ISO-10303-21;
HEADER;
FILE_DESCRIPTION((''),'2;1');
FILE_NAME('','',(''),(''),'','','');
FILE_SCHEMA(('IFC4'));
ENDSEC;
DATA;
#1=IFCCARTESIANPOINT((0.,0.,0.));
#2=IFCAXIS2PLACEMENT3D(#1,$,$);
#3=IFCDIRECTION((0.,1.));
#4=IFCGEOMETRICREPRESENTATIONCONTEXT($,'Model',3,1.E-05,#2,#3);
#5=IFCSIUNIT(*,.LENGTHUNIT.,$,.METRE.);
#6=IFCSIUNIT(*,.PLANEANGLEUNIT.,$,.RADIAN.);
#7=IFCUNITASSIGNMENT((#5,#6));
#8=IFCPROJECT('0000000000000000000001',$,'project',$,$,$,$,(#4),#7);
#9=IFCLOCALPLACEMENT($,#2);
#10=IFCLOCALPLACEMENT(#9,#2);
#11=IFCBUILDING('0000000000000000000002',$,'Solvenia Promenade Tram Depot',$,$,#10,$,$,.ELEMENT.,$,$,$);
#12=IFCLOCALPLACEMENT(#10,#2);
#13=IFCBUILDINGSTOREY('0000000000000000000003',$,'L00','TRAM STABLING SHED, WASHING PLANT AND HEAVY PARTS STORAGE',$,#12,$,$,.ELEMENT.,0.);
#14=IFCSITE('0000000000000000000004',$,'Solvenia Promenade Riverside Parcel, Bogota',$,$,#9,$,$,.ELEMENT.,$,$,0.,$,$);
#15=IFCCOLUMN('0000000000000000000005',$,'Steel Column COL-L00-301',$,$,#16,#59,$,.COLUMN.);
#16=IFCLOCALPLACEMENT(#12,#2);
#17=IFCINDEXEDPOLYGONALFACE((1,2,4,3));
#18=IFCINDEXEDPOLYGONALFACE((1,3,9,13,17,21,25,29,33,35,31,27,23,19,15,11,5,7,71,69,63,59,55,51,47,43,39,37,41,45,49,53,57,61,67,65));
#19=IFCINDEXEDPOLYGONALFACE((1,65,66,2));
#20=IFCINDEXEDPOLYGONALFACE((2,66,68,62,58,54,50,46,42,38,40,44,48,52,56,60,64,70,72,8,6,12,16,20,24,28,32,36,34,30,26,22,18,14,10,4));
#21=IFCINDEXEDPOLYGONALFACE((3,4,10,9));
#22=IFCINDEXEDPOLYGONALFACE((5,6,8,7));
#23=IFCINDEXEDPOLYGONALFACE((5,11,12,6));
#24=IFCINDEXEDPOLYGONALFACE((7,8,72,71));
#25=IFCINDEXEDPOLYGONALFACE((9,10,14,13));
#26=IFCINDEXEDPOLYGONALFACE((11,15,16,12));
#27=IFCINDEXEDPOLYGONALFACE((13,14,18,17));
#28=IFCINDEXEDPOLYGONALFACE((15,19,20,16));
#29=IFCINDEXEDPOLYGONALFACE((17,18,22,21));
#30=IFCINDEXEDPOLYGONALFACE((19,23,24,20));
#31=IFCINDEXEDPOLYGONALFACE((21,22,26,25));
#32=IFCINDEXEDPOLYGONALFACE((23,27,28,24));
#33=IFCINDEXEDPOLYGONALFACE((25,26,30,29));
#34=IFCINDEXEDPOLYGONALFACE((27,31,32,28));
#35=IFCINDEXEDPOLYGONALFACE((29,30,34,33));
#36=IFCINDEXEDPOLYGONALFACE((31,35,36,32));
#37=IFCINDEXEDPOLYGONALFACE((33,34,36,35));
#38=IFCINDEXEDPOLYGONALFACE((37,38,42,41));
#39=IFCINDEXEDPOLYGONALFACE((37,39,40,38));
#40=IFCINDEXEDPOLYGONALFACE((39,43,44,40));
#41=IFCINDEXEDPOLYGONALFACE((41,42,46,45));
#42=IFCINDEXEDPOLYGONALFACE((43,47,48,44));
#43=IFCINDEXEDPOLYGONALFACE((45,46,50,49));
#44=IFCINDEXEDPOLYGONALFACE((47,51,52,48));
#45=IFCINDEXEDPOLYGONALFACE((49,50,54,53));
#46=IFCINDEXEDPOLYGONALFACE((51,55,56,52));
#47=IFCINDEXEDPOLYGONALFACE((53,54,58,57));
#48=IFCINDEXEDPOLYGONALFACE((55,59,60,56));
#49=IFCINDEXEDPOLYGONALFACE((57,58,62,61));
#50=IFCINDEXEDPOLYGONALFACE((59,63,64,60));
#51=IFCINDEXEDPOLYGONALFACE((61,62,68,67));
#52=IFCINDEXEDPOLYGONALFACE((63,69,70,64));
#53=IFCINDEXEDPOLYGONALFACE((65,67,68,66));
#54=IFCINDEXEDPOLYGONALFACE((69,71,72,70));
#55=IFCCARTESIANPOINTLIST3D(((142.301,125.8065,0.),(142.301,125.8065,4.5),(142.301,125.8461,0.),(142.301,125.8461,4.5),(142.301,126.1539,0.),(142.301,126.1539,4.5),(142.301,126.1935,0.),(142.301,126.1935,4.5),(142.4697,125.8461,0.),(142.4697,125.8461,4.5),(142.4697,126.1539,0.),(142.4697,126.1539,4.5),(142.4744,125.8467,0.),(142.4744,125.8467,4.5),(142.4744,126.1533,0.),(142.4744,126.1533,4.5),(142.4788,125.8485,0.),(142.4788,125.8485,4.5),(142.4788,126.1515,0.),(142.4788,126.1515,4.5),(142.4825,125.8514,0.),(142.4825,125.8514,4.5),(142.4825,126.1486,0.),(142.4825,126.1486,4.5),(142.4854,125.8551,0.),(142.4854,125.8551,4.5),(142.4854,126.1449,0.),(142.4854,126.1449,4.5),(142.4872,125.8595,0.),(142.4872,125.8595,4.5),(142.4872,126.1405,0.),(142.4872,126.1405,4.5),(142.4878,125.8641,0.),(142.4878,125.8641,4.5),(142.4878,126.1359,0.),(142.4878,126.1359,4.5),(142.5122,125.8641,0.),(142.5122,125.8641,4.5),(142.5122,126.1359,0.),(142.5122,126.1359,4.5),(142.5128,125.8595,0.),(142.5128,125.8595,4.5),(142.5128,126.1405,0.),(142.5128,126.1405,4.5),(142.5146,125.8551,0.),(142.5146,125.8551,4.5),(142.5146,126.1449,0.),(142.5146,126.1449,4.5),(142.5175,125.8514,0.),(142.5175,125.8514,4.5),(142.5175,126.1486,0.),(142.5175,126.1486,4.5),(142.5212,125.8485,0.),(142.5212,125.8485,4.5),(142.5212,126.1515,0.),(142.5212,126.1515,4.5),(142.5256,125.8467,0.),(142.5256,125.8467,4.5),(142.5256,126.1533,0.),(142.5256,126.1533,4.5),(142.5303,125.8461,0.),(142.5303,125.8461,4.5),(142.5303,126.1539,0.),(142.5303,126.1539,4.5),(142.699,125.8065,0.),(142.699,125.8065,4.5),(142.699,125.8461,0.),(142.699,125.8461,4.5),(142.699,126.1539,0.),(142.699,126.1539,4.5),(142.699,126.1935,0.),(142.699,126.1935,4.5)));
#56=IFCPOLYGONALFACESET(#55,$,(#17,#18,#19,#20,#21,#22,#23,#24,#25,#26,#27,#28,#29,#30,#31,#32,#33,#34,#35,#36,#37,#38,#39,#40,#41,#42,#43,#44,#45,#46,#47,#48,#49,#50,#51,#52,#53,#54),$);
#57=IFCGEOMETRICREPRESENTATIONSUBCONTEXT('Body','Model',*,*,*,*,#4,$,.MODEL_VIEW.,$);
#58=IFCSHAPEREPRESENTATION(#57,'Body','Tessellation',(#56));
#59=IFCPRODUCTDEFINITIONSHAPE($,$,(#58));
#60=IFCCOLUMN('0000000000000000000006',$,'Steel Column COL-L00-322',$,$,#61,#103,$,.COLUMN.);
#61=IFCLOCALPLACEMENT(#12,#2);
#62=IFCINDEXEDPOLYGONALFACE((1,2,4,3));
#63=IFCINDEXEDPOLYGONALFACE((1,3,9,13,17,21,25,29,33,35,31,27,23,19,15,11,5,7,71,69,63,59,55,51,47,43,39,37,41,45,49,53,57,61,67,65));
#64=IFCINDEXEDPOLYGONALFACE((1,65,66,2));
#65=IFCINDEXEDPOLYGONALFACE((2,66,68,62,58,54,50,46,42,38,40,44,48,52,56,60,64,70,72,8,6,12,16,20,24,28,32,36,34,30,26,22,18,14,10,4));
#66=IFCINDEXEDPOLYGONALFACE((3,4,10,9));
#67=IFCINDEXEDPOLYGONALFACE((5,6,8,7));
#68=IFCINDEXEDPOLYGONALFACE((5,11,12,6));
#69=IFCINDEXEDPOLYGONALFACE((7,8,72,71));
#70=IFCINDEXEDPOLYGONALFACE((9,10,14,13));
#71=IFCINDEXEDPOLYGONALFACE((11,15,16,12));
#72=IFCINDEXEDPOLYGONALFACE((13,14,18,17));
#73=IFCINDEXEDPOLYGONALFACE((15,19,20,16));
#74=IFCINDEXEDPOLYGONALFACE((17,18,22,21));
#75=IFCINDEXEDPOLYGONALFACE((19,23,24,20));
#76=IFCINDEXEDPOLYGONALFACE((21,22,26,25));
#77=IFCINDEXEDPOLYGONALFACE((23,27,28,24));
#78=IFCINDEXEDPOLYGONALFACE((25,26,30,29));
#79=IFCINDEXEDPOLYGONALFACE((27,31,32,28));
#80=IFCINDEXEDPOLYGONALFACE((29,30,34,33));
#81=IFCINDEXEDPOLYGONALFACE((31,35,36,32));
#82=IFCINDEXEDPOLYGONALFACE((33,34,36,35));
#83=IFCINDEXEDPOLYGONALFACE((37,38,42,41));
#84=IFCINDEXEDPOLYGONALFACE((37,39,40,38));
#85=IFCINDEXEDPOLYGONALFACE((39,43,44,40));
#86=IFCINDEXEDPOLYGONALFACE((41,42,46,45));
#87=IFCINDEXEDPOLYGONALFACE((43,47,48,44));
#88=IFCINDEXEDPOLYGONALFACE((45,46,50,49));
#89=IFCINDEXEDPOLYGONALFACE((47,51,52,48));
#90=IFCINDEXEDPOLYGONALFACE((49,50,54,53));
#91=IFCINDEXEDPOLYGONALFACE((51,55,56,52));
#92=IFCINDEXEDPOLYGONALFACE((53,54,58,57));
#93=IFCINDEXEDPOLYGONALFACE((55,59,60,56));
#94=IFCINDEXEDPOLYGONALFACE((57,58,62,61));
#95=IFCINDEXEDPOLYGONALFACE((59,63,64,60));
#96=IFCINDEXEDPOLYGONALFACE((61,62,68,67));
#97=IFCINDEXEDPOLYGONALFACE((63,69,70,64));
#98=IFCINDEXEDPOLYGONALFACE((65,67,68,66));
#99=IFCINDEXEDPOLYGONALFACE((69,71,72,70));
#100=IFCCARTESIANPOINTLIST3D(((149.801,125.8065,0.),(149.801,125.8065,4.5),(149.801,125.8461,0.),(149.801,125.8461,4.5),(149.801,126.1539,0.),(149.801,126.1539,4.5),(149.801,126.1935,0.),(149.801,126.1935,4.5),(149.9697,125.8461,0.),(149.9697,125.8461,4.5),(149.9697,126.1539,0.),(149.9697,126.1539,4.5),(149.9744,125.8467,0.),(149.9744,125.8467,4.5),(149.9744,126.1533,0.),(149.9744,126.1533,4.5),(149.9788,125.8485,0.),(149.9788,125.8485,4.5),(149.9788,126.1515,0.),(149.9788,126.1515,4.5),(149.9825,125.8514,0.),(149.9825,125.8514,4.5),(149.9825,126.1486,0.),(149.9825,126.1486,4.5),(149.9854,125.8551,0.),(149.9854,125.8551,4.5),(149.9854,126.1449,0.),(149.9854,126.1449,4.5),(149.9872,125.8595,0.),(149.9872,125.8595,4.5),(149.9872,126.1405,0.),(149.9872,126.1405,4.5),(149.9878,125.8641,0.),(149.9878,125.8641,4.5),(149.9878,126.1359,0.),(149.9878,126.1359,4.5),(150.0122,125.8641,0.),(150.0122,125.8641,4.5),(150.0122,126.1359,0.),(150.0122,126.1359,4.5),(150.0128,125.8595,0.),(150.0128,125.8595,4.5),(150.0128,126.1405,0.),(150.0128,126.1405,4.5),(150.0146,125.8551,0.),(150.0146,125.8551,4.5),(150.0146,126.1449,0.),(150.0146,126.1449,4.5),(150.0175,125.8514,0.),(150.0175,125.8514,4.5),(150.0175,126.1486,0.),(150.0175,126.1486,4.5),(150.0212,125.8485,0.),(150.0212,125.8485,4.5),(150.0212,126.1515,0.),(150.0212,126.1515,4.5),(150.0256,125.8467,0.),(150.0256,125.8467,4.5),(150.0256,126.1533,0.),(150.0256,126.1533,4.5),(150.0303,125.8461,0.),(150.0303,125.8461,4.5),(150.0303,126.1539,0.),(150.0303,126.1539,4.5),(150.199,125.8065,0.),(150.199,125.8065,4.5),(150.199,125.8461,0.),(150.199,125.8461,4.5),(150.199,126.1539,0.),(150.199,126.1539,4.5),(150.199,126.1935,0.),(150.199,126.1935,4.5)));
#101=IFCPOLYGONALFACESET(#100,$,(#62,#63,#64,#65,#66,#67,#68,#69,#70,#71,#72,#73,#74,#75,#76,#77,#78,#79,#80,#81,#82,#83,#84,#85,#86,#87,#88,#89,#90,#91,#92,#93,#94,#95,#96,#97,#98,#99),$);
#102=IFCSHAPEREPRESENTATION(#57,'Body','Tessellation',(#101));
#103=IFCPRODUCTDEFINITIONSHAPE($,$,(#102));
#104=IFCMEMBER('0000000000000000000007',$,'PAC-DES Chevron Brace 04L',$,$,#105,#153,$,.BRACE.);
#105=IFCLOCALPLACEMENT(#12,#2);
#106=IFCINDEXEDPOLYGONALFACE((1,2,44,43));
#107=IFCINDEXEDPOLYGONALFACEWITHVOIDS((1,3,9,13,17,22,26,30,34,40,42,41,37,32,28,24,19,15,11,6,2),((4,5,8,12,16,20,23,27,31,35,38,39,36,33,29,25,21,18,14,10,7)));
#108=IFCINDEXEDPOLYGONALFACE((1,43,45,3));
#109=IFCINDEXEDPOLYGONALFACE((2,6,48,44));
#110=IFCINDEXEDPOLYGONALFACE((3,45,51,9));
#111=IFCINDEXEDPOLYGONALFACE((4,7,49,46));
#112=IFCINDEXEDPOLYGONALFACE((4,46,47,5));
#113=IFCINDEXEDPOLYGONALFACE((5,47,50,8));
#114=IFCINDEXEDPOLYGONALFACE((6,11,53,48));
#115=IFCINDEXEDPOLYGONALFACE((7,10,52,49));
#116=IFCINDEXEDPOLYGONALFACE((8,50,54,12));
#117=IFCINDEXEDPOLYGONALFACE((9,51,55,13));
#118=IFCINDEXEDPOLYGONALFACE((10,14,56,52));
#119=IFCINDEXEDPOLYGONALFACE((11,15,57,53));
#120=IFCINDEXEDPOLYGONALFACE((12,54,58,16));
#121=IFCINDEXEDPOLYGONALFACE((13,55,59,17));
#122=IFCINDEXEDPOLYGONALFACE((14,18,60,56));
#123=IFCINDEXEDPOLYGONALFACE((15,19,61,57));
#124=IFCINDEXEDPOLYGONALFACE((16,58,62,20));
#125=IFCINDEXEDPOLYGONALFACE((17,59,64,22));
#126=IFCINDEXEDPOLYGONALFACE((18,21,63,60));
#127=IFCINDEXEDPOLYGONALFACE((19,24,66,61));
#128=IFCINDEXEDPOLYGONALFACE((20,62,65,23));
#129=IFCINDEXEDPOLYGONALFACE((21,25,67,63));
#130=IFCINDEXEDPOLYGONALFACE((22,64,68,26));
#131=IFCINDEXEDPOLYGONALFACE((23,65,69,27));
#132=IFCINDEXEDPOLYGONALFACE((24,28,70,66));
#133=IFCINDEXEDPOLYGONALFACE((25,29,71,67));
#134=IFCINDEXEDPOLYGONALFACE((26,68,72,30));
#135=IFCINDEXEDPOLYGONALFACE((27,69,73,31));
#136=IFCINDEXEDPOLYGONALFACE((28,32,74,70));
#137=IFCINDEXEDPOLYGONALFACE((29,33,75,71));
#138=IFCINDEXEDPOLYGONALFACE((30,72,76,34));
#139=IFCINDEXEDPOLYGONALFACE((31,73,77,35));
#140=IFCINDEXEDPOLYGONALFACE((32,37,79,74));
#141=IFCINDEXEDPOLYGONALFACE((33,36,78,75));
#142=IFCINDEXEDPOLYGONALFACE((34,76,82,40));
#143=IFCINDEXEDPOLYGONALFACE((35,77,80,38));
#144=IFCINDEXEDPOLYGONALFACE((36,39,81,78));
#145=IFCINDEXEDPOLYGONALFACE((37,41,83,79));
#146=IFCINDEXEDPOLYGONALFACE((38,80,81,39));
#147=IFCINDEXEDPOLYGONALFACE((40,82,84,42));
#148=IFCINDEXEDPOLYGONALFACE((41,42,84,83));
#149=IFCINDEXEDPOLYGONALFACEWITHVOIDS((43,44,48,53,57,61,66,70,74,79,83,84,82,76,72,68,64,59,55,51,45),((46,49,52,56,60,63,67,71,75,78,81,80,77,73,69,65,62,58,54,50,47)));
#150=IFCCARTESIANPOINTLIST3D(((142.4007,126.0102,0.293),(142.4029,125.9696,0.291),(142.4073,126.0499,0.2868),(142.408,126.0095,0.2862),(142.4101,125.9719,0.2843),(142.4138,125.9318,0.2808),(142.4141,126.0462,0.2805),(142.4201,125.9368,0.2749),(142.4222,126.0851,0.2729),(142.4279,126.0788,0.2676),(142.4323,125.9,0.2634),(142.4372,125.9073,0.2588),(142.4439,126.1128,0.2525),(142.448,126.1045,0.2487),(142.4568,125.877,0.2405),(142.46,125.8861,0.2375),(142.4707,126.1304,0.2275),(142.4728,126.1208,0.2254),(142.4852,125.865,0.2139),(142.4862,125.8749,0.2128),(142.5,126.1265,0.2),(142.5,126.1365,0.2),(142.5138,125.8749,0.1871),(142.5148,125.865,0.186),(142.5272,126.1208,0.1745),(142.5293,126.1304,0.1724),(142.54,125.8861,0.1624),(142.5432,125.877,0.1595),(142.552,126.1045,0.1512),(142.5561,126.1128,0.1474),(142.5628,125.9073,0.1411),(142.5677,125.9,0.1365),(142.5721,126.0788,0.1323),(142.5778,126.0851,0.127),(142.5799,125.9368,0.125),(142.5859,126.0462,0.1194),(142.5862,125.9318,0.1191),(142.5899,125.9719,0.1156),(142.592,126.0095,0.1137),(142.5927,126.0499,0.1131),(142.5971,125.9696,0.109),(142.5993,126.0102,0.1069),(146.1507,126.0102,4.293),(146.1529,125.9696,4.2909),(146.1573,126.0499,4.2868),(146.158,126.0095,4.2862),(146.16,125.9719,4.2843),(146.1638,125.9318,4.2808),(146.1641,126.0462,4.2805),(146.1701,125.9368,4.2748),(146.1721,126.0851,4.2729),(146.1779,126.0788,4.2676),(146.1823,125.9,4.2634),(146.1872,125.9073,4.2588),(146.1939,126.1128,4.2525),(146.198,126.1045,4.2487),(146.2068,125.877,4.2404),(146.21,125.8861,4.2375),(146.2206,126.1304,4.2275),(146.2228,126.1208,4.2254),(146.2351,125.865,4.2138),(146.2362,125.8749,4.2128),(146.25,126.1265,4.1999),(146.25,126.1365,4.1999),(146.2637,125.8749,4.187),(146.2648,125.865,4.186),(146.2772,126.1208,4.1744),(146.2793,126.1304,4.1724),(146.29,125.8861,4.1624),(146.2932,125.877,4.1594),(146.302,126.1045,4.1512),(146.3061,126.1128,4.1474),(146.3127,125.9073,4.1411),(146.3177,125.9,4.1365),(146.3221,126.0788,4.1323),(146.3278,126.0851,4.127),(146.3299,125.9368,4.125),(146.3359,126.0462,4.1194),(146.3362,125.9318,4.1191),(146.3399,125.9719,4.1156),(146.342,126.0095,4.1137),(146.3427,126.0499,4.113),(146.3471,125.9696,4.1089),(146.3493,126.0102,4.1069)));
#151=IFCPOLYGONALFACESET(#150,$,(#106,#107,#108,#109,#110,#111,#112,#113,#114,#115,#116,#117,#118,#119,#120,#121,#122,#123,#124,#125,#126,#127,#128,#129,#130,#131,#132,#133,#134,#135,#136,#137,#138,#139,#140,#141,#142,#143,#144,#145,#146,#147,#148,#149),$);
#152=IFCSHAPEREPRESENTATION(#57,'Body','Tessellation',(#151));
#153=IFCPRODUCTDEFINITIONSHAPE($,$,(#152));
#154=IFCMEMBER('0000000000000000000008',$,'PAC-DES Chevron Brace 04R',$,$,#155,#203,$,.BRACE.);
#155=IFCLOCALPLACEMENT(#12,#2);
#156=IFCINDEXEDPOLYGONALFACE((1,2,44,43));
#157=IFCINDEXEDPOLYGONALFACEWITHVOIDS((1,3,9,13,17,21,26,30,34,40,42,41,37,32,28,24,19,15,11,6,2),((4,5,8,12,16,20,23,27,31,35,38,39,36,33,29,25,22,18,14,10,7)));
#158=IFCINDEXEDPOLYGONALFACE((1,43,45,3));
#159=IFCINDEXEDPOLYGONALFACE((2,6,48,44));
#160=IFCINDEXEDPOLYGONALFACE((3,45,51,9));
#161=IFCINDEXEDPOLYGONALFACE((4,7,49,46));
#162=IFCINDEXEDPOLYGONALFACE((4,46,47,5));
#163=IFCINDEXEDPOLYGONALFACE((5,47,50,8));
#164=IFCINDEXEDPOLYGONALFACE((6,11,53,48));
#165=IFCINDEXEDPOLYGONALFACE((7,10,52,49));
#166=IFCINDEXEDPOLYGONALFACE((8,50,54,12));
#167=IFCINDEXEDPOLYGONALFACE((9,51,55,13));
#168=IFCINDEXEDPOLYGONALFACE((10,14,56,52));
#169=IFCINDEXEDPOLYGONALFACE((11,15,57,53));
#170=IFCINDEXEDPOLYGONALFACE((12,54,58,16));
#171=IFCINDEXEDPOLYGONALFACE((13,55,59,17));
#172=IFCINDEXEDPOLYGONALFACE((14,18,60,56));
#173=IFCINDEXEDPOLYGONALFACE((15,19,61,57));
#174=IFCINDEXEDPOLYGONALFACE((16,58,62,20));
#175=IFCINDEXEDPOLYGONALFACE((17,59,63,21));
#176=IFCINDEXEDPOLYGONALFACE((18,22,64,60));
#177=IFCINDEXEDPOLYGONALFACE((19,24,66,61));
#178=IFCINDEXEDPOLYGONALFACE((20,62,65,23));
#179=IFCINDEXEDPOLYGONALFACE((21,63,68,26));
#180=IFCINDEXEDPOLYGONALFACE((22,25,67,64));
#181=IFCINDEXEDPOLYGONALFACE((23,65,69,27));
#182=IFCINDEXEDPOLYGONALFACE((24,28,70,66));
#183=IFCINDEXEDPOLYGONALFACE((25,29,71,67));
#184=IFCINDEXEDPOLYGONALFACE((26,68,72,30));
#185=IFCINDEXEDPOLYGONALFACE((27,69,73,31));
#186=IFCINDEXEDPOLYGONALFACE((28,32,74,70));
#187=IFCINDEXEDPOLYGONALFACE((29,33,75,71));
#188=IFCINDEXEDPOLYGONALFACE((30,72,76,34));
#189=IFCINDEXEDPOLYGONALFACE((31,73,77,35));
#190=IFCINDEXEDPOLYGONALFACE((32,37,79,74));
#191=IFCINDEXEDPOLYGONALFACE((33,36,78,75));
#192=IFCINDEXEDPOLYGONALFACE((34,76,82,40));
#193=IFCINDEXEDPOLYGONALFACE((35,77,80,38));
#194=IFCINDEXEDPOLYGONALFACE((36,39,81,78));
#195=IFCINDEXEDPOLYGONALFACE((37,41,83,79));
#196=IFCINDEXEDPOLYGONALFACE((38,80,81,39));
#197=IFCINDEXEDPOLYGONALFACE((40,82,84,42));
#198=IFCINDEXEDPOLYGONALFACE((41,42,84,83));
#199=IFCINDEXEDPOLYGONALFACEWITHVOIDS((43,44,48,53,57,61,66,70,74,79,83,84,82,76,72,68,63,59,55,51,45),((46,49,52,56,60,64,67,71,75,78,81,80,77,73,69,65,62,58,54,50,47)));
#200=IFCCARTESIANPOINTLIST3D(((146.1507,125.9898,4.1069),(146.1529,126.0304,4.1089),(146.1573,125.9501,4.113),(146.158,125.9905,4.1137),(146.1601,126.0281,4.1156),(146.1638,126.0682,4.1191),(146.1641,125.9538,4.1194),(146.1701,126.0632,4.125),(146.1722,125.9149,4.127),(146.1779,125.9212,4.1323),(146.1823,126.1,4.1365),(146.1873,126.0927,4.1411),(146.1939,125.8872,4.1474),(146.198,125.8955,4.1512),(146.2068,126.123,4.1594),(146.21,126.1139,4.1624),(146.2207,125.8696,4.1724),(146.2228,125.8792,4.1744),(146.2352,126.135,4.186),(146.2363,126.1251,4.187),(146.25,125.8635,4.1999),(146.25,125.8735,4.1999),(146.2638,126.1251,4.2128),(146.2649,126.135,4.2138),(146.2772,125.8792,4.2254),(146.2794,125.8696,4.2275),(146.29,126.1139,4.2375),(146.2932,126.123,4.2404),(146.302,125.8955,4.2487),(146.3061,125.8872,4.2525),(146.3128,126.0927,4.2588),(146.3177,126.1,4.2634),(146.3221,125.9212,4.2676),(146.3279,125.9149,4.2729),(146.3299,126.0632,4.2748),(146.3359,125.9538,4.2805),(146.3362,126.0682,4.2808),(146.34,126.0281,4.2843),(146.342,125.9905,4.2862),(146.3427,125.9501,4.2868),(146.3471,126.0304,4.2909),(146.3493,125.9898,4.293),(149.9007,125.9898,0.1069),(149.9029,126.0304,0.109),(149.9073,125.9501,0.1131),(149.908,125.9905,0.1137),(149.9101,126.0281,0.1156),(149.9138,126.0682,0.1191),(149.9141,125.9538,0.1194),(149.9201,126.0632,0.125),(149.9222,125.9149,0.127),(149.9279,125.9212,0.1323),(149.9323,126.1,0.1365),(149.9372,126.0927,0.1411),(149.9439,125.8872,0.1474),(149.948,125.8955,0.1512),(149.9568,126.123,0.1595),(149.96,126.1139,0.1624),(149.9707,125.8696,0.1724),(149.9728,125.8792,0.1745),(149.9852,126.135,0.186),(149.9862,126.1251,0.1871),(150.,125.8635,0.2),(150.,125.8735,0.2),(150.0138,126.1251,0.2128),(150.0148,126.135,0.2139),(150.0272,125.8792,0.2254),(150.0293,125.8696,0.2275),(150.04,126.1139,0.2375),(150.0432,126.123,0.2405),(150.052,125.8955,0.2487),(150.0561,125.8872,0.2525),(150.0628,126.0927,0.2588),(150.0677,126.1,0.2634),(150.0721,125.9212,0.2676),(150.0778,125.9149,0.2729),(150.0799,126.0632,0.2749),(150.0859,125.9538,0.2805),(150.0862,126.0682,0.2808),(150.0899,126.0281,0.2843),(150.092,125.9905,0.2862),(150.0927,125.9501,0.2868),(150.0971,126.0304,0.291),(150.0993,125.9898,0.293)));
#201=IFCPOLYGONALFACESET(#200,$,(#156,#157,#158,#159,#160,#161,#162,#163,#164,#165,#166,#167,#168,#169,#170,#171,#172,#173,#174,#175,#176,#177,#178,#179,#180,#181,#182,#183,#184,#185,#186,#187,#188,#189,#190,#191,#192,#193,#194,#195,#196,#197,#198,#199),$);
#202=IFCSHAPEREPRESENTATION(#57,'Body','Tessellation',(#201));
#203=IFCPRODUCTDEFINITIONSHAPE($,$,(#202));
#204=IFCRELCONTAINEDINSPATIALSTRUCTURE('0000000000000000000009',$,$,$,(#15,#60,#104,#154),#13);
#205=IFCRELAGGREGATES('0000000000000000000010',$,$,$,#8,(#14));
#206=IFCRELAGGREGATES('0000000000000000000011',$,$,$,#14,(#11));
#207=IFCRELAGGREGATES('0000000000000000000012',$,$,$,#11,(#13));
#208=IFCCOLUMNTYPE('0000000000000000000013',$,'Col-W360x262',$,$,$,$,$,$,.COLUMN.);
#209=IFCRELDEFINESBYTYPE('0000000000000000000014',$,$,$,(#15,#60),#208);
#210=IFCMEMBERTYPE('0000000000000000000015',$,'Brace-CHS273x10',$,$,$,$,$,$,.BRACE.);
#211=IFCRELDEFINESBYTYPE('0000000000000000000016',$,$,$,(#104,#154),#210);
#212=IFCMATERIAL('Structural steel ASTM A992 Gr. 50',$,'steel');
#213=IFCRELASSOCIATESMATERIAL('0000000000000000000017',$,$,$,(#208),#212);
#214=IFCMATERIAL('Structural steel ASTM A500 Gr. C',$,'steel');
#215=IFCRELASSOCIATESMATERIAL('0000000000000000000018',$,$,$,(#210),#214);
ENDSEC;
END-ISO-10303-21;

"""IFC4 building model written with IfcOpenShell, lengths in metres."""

from ifc_helpers import new_model, si_unit, direction, frame, origin, origin_2d, place, context, subcontext, project, spatial, hollow_circle, i_section, extrude, material, material_profile, profile_set, type_object, element, save


model = new_model("IFC4")

# Units and contexts
model_context = context("Model", 3, precision=1e-05, world=origin(), true_north=direction((0.0, 1.0)))
body_context = subcontext(model_context, "Body", "Model", "MODEL_VIEW")
ifc_project = project(units=[si_unit("LENGTHUNIT", "METRE"), si_unit("PLANEANGLEUNIT", "RADIAN")], contexts=[model_context])

# Site, building, storey
site_placement = place(None, origin())
site = spatial("IfcSite", under=ifc_project, at=site_placement, Name="Solvenia Promenade Riverside Parcel, Bogota", CompositionType="ELEMENT", RefElevation=0.0)
building_placement = place(site_placement, origin())
building = spatial("IfcBuilding", under=site, at=building_placement, Name="Solvenia Promenade Tram Depot", CompositionType="ELEMENT")
storey_placement = place(building_placement, origin())
storey = spatial("IfcBuildingStorey", under=building, at=storey_placement, Name="L00", Description="TRAM STABLING SHED, WASHING PLANT AND HEAVY PARTS STORAGE", CompositionType="ELEMENT", Elevation=0.0)

# Columns
ifc_material_1 = material(Name="Structural steel ASTM A992 Gr. 50", Category="steel")
ifc_material_profile_1 = material_profile(ifc_material_1, i_section(OverallWidth=0.3979, OverallDepth=0.387, WebThickness=0.0244, FlangeThickness=0.0396, FilletRadius=0.0181, at=origin_2d()), Name="W360x262", Category="steel")
ifc_profile_set_1 = profile_set([ifc_material_profile_1], Name="Structural steel ASTM A992 Gr. 50")
column_type = type_object("IfcColumnType", Name="Col-W360x262", PredefinedType="COLUMN", material=ifc_profile_set_1)
for number, where, z_axis, x_axis, name in (
    (1, (142.5, 126.0, 0.0), (0.0, 0.0, 1.0), (1.0, 0.0, 0.0), "Steel Column COL-L00-301"),
    (2, (150.0, 126.0, 0.0), (0.0, 0.0, 1.0), (1.0, 0.0, 0.0), "Steel Column COL-L00-322"),
):
    element("IfcColumn", number, at=place(storey_placement, frame(where, z_axis=z_axis, x_axis=x_axis)), inside=storey, type_object=column_type, Name=name, PredefinedType="COLUMN", context=body_context, shape_type="SweptSolid", body=[
        extrude(i_section(OverallWidth=0.3979, OverallDepth=0.387, WebThickness=0.0244, FlangeThickness=0.0396, FilletRadius=0.0181, at=origin_2d()), origin(), (0.0, 0.0, 1.0), 4.5),
    ])

# Members
ifc_material_2 = material(Name="Structural steel ASTM A500 Gr. C", Category="steel")
ifc_material_profile_2 = material_profile(ifc_material_2, hollow_circle(Radius=0.1365, WallThickness=0.01, at=origin_2d()), Name="CHS273.0x10", Category="steel")
ifc_profile_set_2 = profile_set([ifc_material_profile_2], Name="Structural steel ASTM A500 Gr. C")
member_type_1 = type_object("IfcMemberType", Name="Brace-CHS273x10", PredefinedType="BRACE", material=ifc_profile_set_2)
for number, where, z_axis, x_axis, name in (
    (3, (142.5, 126.0, 0.2), (0.683941, 0.0, 0.729537), (0.0, 1.0, 0.0), "PAC-DES Chevron Brace 04L"),
    (4, (150.0, 126.0, 0.2), (-0.683941, 0.0, 0.729537), (0.0, -1.0, 0.0), "PAC-DES Chevron Brace 04R"),
):
    element("IfcMember", number, at=place(storey_placement, frame(where, z_axis=z_axis, x_axis=x_axis)), inside=storey, type_object=member_type_1, Name=name, PredefinedType="BRACE", context=body_context, shape_type="SweptSolid", body=[
        extrude(hollow_circle(Radius=0.1365, WallThickness=0.01, at=origin_2d()), origin(), (0.0, 0.0, 1.0), 5.4829),
    ])

save(model, "model.ifc")
